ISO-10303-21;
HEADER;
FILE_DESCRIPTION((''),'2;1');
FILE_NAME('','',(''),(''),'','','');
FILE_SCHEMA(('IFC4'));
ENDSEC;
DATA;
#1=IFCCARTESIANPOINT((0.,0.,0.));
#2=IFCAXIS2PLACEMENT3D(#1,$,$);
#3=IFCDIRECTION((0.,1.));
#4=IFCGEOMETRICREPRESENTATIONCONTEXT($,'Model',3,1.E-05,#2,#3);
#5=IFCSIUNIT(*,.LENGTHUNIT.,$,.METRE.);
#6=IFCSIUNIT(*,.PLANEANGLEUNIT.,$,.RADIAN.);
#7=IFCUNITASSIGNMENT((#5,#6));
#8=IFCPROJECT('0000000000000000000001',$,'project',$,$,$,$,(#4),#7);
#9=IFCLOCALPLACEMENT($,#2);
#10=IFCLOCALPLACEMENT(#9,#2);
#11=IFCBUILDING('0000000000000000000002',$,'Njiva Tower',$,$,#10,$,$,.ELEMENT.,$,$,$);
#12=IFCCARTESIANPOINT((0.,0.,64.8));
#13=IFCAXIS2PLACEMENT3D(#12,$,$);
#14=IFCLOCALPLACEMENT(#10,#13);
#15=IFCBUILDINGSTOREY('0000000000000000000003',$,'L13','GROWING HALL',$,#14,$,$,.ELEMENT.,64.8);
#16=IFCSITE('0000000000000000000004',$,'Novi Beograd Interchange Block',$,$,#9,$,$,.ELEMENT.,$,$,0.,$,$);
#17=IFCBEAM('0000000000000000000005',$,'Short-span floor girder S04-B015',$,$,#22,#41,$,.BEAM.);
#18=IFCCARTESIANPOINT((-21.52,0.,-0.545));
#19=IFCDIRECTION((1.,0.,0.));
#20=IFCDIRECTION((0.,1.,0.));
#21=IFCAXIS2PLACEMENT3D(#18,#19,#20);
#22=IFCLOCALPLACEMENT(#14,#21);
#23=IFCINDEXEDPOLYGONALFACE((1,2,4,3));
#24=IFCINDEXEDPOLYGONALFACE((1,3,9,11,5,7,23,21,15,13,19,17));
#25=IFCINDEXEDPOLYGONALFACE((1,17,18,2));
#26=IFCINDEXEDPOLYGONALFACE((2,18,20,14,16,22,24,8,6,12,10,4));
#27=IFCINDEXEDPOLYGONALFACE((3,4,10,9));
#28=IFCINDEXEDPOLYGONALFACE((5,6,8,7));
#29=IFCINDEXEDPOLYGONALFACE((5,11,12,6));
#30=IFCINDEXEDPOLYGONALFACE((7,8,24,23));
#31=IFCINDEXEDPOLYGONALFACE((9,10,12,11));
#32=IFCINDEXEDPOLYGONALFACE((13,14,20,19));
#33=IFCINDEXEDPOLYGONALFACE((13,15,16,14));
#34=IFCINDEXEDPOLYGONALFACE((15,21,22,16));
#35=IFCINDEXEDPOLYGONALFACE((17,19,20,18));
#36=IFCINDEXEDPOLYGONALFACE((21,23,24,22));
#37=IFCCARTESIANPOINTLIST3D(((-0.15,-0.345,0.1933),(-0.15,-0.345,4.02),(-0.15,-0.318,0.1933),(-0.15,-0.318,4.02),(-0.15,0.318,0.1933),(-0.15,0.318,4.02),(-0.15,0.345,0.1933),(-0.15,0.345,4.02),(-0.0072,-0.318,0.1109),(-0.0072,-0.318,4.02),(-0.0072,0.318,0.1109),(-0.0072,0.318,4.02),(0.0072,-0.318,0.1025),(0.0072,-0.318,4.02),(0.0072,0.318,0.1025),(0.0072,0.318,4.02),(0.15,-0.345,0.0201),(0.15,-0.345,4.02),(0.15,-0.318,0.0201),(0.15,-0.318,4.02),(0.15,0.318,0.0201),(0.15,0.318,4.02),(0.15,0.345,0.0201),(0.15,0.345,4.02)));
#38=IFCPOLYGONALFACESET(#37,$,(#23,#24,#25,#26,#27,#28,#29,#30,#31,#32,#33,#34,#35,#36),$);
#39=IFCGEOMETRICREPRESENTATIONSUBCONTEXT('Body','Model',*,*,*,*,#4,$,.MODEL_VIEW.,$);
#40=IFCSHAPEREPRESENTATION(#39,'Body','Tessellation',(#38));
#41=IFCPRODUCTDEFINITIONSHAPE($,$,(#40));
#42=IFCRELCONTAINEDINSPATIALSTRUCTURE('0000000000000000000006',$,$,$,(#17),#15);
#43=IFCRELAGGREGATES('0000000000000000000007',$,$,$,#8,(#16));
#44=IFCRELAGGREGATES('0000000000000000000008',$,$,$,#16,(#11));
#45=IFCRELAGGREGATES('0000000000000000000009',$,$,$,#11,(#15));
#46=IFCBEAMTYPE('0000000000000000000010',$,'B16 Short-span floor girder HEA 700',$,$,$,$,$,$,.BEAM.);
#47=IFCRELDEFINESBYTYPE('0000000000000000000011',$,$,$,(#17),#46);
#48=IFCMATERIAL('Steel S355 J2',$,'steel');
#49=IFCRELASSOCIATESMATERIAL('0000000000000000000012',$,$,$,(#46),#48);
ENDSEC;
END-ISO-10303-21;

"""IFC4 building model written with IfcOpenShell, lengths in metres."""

from ifc_helpers import new_model, si_unit, direction, frame, origin, origin_2d, place, context, subcontext, project, spatial, i_section, extrude, clip, halfspace, material, material_profile, profile_set, type_object, element, save


model = new_model("IFC4")

# Units and contexts
model_context = context("Model", 3, precision=1e-05, world=origin(), true_north=direction((0.0, 1.0)))
body_context = subcontext(model_context, "Body", "Model", "MODEL_VIEW")
ifc_project = project(units=[si_unit("LENGTHUNIT", "METRE"), si_unit("PLANEANGLEUNIT", "RADIAN")], contexts=[model_context])

# Site, building, storey
site_placement = place(None, origin())
site = spatial("IfcSite", under=ifc_project, at=site_placement, Name="Novi Beograd Interchange Block", CompositionType="ELEMENT", RefElevation=0.0)
building_placement = place(site_placement, origin())
building = spatial("IfcBuilding", under=site, at=building_placement, Name="Njiva Tower", CompositionType="ELEMENT")
storey_placement = place(building_placement, frame((0.0, 0.0, 64.8)))
storey = spatial("IfcBuildingStorey", under=building, at=storey_placement, Name="L13", Description="GROWING HALL", CompositionType="ELEMENT", Elevation=64.8)

# Shared definitions
ifc_material_1 = material(Name="Steel S355 J2", Category="steel")

# Beam
ifc_material_profile_1 = material_profile(ifc_material_1, i_section(OverallWidth=0.3, OverallDepth=0.69, WebThickness=0.0145, FlangeThickness=0.027, at=origin_2d()), Name="HEA 700")
ifc_profile_set_1 = profile_set([ifc_material_profile_1], Name="Steel S355 J2")
beam_type_1 = type_object("IfcBeamType", Name="B16 Short-span floor girder HEA 700", PredefinedType="BEAM", material=ifc_profile_set_1)
beam_1_placement = place(storey_placement, frame((-21.52, 0.0, -0.545), z_axis=(1.0, 0.0, 0.0), x_axis=(0.0, 1.0, 0.0)))
element("IfcBeam", 1, at=beam_1_placement, inside=storey, type_object=beam_type_1, Name="Short-span floor girder S04-B015", PredefinedType="BEAM", context=body_context, shape_type="Clipping", body=[
    clip(extrude(i_section(OverallWidth=0.3, OverallDepth=0.69, WebThickness=0.0145, FlangeThickness=0.027, at=origin_2d()), origin(), (0.0, 0.0, 1.0), 4.02), halfspace(frame((-0.025, 0.0, 0.1211), z_axis=(-0.499998, 0.0, -0.866027), x_axis=(0.0, -1.0, 0.0)), False)),
])

save(model, "model.ifc")
